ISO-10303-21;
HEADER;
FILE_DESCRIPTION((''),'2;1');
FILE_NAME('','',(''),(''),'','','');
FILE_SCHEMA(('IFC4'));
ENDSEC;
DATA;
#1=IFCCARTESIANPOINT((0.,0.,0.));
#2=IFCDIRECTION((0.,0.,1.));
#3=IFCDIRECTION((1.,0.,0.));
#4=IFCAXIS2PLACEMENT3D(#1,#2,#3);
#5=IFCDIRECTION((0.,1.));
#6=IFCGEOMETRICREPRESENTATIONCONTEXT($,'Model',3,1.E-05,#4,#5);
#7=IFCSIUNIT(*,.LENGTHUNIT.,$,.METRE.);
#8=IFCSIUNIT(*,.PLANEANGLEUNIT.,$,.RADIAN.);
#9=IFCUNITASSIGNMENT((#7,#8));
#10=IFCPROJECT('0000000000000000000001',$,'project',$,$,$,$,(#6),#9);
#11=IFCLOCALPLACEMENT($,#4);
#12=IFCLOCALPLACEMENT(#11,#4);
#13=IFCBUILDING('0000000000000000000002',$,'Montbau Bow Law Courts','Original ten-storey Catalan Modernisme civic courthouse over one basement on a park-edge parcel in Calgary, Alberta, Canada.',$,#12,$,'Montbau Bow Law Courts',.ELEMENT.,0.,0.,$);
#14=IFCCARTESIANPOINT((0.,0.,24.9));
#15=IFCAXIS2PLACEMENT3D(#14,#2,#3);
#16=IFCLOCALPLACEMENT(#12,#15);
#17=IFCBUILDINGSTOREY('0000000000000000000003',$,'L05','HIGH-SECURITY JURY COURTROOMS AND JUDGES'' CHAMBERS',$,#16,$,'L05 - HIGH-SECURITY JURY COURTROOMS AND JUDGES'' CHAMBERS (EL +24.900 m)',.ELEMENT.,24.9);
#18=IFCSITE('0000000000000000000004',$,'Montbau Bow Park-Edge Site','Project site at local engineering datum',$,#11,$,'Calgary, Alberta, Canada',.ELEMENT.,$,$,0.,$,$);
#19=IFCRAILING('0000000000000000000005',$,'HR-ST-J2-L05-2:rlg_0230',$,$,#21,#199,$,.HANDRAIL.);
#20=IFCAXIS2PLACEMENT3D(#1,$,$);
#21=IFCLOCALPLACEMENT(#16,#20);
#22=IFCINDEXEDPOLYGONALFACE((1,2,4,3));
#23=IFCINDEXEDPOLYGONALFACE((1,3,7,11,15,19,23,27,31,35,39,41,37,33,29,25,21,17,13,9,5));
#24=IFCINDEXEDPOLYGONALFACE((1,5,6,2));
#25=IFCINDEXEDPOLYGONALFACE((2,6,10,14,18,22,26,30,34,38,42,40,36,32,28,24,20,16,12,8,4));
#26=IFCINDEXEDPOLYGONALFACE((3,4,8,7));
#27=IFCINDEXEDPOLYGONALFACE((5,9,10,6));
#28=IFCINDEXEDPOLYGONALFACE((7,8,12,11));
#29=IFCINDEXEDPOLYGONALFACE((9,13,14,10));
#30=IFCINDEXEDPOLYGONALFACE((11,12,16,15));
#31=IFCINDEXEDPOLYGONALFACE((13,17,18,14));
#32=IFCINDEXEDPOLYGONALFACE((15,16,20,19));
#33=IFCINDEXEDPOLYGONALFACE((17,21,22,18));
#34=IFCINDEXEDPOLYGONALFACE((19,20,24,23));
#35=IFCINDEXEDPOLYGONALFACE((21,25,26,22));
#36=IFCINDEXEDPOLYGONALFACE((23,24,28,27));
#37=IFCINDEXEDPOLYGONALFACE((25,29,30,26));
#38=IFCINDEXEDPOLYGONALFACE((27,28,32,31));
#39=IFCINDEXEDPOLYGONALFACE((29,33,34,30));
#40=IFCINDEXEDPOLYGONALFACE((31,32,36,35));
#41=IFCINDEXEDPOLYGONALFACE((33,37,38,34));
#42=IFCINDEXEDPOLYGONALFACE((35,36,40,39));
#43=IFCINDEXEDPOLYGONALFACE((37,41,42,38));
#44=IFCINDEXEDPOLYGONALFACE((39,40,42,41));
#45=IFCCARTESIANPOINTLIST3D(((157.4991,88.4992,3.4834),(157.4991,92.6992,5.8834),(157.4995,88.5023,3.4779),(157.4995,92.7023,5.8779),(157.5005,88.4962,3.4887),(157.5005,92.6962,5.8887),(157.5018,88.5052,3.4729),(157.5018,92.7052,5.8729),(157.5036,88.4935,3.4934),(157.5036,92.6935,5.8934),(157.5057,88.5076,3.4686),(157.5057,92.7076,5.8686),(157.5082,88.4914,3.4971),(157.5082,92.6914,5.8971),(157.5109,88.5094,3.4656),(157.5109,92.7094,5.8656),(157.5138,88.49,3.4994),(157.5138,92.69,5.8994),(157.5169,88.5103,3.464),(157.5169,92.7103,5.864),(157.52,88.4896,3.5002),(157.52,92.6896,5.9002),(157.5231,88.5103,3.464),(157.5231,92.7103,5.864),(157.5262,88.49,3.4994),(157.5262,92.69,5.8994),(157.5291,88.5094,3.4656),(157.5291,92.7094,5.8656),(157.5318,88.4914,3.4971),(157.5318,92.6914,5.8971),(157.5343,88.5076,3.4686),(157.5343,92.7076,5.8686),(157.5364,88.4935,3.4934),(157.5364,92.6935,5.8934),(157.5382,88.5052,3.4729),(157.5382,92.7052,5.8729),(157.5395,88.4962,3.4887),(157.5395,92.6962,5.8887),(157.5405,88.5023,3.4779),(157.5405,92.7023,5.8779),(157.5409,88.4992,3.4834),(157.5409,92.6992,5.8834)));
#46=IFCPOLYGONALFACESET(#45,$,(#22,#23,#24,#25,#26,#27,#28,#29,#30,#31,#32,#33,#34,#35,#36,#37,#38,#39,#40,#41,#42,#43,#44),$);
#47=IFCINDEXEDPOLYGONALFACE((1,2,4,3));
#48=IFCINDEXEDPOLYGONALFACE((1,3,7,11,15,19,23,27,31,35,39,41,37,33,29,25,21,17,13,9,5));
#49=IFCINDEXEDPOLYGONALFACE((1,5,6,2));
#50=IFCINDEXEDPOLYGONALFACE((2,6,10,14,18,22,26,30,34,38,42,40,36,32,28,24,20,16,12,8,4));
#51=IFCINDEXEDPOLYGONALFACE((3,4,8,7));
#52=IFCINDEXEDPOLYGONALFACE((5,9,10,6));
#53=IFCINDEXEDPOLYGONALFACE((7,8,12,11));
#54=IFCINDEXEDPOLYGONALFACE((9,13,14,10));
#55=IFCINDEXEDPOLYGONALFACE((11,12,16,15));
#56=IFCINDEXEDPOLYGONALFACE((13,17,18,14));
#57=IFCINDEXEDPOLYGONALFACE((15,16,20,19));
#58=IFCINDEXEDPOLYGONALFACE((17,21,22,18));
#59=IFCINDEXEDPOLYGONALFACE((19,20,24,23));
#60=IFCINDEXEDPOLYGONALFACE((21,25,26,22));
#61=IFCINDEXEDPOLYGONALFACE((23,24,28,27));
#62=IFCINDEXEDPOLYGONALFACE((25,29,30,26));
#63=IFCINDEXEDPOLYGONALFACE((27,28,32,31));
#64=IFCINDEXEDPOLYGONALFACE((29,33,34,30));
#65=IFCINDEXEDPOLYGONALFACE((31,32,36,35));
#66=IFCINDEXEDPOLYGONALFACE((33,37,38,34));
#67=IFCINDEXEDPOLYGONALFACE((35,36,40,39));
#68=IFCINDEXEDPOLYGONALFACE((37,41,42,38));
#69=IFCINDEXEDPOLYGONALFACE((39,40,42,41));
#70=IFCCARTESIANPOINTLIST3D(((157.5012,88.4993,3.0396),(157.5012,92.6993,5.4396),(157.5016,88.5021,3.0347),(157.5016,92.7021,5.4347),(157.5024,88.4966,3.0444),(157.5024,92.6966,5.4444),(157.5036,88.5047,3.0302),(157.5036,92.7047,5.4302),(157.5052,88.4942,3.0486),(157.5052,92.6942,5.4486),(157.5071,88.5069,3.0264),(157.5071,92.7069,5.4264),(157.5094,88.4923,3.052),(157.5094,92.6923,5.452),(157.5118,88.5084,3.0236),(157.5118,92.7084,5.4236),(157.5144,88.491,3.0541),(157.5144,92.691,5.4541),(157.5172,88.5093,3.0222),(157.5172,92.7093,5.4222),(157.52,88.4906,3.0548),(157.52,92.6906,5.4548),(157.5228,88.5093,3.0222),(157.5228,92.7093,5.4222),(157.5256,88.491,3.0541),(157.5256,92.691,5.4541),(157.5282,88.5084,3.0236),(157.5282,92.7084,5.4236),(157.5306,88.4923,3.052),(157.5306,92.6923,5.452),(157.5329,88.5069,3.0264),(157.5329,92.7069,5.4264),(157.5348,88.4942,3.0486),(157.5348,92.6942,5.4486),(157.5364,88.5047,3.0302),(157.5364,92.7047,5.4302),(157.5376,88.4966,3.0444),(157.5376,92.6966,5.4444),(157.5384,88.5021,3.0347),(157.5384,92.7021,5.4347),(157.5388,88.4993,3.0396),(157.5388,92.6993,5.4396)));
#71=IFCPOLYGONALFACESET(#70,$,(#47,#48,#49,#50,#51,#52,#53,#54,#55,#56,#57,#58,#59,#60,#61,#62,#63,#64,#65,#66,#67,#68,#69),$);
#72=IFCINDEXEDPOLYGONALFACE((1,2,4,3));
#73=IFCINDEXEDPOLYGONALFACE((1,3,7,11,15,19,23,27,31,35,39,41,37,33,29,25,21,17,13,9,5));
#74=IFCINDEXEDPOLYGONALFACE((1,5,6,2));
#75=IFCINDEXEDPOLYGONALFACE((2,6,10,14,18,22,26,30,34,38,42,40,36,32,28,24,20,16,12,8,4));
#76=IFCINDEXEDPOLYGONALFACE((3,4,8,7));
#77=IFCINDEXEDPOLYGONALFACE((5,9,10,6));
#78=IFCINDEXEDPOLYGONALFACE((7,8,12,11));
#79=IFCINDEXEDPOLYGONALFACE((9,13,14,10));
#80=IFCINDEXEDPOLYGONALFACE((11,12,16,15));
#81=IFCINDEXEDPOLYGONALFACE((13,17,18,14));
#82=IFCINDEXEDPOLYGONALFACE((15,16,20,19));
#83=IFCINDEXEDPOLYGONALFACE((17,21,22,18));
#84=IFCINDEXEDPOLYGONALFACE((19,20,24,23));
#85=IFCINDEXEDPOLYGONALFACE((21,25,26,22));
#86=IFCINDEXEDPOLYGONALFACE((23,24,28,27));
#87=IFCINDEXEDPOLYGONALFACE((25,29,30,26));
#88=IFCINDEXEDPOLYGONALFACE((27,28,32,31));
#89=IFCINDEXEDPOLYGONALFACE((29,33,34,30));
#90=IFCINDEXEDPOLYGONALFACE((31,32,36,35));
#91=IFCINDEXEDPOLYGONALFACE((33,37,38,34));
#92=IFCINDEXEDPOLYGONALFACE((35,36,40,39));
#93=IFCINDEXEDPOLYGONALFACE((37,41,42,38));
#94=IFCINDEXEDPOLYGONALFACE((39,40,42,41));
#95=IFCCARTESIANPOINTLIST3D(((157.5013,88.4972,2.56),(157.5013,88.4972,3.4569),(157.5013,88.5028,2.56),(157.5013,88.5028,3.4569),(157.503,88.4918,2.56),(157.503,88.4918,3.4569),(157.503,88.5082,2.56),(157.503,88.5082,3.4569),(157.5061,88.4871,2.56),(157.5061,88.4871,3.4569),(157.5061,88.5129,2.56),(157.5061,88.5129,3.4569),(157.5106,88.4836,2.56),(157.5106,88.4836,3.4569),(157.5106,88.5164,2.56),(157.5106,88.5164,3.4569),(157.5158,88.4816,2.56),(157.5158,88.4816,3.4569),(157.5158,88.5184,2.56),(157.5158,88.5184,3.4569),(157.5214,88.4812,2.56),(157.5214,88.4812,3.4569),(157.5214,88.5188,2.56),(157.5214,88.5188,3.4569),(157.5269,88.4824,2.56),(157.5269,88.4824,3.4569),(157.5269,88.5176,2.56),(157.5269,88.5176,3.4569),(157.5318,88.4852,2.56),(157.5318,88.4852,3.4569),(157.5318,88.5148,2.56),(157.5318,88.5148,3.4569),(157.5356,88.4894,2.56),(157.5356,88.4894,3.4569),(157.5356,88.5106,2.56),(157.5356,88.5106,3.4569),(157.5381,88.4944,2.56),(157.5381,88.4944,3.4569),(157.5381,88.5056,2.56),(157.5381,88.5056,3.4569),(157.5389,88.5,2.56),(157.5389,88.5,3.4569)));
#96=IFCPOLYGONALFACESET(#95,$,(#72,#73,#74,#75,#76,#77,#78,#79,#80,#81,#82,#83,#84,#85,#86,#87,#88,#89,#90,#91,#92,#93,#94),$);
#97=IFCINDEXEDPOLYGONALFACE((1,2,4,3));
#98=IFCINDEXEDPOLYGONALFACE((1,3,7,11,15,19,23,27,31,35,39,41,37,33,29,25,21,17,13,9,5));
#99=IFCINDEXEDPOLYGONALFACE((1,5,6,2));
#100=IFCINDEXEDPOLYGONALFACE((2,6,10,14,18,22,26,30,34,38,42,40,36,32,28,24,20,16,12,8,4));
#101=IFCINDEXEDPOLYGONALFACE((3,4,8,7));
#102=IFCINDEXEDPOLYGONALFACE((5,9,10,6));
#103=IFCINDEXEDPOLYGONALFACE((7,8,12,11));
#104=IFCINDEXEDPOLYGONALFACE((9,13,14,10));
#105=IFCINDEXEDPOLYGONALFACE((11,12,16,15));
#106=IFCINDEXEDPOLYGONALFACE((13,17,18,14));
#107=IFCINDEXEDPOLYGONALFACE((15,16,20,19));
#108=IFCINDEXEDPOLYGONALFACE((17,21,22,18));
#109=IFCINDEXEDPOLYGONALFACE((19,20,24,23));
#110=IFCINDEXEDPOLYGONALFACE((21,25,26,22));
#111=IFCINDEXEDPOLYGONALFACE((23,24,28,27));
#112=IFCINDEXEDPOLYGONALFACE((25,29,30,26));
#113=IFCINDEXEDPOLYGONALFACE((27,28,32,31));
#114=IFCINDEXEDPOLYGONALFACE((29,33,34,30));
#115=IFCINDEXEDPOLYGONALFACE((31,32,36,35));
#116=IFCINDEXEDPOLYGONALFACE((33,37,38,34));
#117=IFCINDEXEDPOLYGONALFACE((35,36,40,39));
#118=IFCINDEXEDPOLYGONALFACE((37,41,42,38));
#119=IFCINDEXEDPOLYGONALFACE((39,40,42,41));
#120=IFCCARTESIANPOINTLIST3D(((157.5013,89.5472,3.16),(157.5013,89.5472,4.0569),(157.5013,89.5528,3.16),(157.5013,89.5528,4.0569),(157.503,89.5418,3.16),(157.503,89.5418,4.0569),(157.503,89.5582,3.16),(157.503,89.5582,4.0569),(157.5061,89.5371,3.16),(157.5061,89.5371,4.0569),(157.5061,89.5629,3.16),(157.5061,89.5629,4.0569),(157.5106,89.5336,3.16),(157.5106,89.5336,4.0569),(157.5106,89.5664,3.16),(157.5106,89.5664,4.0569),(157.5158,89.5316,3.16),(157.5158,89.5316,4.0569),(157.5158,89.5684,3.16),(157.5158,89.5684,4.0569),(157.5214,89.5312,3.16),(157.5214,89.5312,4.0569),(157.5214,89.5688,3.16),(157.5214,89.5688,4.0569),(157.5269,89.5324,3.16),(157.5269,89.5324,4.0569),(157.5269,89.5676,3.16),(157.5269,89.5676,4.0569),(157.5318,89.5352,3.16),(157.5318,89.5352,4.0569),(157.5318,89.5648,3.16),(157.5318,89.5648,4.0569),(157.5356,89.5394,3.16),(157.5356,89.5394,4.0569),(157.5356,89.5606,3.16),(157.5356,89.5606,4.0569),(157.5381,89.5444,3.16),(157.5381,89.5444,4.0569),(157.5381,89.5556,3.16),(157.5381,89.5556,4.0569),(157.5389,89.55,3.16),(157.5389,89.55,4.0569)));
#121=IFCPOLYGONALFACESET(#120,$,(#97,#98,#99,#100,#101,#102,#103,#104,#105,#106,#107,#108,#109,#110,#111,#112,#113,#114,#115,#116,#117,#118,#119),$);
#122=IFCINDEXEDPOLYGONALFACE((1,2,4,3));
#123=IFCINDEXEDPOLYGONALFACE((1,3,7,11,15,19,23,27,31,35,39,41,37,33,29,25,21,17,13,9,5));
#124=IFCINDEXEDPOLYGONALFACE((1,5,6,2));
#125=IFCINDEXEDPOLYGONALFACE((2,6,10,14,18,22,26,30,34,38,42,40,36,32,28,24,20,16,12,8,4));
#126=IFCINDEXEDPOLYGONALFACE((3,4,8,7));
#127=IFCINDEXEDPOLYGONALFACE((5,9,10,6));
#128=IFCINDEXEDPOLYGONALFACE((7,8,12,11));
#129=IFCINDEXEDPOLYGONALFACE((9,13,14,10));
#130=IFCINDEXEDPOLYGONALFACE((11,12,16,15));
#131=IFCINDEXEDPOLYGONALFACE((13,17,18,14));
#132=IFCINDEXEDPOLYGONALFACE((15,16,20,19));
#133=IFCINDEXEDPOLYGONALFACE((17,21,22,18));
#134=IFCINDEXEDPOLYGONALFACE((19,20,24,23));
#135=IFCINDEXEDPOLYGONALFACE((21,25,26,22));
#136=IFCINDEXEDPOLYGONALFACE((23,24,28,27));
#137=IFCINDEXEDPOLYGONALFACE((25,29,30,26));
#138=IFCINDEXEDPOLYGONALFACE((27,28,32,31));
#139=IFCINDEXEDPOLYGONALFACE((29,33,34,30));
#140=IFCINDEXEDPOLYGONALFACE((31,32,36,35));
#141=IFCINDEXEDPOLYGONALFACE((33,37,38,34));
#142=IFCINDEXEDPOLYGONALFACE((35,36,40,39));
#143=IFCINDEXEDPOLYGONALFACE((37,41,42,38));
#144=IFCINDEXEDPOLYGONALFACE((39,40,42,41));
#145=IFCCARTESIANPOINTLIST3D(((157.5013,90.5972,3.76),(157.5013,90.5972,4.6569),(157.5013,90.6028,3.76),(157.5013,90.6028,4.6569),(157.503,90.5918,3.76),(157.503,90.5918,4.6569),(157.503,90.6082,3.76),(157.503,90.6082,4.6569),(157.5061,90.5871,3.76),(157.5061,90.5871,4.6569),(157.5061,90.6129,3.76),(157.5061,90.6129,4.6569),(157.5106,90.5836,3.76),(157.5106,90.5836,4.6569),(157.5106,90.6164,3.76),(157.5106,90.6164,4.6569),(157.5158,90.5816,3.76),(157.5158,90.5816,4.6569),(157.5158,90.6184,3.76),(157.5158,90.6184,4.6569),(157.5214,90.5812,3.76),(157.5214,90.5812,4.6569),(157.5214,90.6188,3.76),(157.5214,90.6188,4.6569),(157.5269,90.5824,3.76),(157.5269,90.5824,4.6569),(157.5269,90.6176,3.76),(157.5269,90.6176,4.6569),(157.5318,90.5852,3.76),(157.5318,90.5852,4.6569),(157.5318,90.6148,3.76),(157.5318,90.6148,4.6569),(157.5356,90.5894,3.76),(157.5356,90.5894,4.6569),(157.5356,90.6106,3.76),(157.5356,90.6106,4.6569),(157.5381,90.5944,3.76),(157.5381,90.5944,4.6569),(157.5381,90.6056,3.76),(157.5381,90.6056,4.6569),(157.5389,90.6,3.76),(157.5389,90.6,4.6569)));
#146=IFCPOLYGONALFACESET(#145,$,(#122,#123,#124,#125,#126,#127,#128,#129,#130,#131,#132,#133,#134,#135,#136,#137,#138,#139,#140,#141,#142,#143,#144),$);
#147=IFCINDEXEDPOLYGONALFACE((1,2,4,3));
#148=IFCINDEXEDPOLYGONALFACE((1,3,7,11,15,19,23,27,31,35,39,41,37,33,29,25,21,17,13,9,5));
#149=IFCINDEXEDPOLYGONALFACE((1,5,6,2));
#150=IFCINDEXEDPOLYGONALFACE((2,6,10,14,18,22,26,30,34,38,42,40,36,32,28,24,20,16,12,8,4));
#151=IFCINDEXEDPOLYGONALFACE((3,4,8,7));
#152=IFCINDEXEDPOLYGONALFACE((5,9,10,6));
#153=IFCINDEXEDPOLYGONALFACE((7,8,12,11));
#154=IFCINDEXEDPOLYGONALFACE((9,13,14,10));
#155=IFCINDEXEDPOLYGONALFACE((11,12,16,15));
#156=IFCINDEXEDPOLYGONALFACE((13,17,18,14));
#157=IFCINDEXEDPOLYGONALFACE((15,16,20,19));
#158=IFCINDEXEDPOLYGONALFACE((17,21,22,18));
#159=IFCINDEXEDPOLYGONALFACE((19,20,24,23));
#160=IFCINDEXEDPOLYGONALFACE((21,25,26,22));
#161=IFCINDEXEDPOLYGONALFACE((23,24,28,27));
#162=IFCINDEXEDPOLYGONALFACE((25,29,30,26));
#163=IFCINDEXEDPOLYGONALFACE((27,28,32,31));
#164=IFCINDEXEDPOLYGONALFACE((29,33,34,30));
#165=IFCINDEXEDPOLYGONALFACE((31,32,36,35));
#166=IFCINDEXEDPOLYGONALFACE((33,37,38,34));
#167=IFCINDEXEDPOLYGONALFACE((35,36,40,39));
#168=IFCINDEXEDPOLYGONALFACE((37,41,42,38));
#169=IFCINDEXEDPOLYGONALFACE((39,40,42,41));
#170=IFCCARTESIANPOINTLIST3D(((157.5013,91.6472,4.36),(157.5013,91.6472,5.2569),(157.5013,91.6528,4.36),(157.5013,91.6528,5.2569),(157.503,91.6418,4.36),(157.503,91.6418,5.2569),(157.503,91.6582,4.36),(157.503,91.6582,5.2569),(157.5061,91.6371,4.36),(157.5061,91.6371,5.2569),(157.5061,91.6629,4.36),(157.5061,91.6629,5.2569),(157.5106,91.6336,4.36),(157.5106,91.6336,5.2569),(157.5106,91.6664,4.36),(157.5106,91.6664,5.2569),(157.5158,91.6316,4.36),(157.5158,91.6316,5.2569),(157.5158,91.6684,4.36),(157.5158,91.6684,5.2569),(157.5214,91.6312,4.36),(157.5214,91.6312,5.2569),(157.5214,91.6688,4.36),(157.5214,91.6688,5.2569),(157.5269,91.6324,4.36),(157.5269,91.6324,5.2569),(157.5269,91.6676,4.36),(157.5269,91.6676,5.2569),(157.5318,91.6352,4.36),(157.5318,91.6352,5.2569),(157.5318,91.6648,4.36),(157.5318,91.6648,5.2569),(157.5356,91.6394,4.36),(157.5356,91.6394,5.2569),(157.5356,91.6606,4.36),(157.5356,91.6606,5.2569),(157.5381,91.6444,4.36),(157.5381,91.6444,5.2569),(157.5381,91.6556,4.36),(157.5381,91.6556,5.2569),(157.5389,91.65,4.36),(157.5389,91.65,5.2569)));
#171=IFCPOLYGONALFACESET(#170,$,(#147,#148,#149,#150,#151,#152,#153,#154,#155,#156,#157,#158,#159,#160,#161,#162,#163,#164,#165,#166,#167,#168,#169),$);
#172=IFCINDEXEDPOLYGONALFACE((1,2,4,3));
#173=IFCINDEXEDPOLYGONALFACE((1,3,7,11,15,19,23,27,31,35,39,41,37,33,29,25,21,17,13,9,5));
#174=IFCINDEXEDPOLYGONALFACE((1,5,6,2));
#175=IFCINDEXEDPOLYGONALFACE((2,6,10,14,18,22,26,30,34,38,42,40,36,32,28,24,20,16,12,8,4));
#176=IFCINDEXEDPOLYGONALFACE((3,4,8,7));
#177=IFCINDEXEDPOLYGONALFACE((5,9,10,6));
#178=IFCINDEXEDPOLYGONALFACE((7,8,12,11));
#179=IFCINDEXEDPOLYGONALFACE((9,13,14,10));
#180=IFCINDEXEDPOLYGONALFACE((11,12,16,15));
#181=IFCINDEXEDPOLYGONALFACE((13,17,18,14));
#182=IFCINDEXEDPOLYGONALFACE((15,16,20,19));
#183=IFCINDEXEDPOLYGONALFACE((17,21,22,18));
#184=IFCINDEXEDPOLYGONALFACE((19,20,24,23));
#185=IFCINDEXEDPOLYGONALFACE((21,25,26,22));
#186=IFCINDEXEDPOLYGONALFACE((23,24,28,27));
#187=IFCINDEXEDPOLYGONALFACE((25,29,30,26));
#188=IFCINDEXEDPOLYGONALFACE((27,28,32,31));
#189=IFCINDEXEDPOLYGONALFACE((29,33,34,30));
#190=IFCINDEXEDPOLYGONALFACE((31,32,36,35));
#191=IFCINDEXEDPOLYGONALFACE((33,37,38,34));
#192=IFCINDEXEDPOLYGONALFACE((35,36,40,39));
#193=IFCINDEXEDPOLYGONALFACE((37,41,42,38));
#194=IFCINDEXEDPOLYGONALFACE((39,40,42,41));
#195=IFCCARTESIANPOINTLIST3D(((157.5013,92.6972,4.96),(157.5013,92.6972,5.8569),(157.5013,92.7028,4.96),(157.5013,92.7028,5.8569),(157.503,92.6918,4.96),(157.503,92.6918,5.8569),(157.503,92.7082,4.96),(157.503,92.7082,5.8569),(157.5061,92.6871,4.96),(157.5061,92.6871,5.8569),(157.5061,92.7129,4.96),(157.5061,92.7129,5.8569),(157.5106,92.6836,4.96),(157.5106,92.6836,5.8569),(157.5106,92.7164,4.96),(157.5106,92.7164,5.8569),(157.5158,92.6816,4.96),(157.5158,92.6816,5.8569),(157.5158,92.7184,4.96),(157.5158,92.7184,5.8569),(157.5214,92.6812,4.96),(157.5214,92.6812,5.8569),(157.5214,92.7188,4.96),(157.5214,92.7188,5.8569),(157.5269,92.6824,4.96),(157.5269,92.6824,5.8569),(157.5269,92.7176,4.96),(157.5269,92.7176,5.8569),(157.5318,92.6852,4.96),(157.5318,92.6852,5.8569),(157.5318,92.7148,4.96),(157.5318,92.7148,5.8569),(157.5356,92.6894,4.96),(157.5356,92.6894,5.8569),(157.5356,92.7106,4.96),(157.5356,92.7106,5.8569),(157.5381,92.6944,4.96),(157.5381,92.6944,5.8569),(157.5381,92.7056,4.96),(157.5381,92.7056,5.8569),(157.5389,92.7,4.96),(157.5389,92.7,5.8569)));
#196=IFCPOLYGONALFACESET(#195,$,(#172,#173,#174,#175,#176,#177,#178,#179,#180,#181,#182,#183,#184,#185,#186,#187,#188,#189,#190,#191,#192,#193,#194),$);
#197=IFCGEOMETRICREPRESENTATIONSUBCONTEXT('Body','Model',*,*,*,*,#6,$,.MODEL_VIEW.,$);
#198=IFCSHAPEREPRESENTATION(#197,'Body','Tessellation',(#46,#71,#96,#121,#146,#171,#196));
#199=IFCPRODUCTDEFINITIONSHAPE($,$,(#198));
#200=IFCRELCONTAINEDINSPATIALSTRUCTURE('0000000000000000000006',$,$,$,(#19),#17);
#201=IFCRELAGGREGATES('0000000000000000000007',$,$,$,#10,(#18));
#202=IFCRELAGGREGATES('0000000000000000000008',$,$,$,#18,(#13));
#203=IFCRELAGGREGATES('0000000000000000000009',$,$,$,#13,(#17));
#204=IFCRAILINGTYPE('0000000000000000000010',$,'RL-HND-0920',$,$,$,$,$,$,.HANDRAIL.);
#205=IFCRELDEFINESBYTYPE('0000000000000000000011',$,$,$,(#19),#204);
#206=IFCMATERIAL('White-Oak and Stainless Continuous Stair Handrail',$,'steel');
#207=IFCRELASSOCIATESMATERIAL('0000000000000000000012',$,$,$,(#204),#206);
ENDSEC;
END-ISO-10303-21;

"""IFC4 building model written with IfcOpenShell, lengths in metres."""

from ifc_helpers import new_model, si_unit, direction, frame, origin_with_axes, origin_2d_with_axis, place, context, subcontext, project, spatial, circle, extrude, material, type_object, element, save


model = new_model("IFC4")

# Units and contexts
model_context = context("Model", 3, precision=1e-05, world=origin_with_axes(), true_north=direction((0.0, 1.0)))
body_context = subcontext(model_context, "Body", "Model", "MODEL_VIEW")
ifc_project = project(units=[si_unit("LENGTHUNIT", "METRE"), si_unit("PLANEANGLEUNIT", "RADIAN")], contexts=[model_context])

# Site, building, storey
site_placement = place(None, origin_with_axes())
site = spatial("IfcSite", under=ifc_project, at=site_placement, Name="Montbau Bow Park-Edge Site", Description="Project site at local engineering datum", LongName="Calgary, Alberta, Canada", CompositionType="ELEMENT", RefElevation=0.0)
building_placement = place(site_placement, origin_with_axes())
building = spatial("IfcBuilding", under=site, at=building_placement, Name="Montbau Bow Law Courts", Description="Original ten-storey Catalan Modernisme civic courthouse over one basement on a park-edge parcel in Calgary, Alberta, Canada.", LongName="Montbau Bow Law Courts", CompositionType="ELEMENT", ElevationOfRefHeight=0.0, ElevationOfTerrain=0.0)
storey_placement = place(building_placement, frame((0.0, 0.0, 24.9), z_axis=(0.0, 0.0, 1.0), x_axis=(1.0, 0.0, 0.0)))
storey = spatial("IfcBuildingStorey", under=building, at=storey_placement, Name="L05", Description="HIGH-SECURITY JURY COURTROOMS AND JUDGES' CHAMBERS", LongName="L05 - HIGH-SECURITY JURY COURTROOMS AND JUDGES' CHAMBERS (EL +24.900 m)", CompositionType="ELEMENT", Elevation=24.9)

# Railing
ifc_material_1 = material(Name="White-Oak and Stainless Continuous Stair Handrail", Category="steel")
railing_type_1 = type_object("IfcRailingType", Name="RL-HND-0920", PredefinedType="HANDRAIL", material=ifc_material_1)
railing_1_placement = place(None, origin_with_axes())
element("IfcRailing", 1, at=railing_1_placement, inside=storey, type_object=railing_type_1, Name="HR-ST-J2-L05-2:rlg_0230", PredefinedType="HANDRAIL", context=body_context, shape_type="SweptSolid", body=[
    extrude(circle(Radius=0.021, at=origin_2d_with_axis()), frame((157.52, 88.5, 28.382), z_axis=(0.0, 0.868243, 0.496139), x_axis=(0.0, -0.496139, 0.868243)), (0.0, 0.0, 1.0), 4.8374),
    extrude(circle(Radius=0.0189, at=origin_2d_with_axis()), frame((157.52, 88.5, 27.9384), z_axis=(0.0, 0.868243, 0.496139), x_axis=(0.0, -0.496139, 0.868243)), (0.0, 0.0, 1.0), 4.8374),
    extrude(circle(Radius=0.0189, at=origin_2d_with_axis()), frame((157.52, 88.5, 27.46), z_axis=(0.0, 0.0, 1.0), x_axis=(1.0, 0.0, 0.0)), (0.0, 0.0, 1.0), 0.8969),
    extrude(circle(Radius=0.0189, at=origin_2d_with_axis()), frame((157.52, 89.55, 28.06), z_axis=(0.0, 0.0, 1.0), x_axis=(1.0, 0.0, 0.0)), (0.0, 0.0, 1.0), 0.8969),
    extrude(circle(Radius=0.0189, at=origin_2d_with_axis()), frame((157.52, 90.6, 28.66), z_axis=(0.0, 0.0, 1.0), x_axis=(1.0, 0.0, 0.0)), (0.0, 0.0, 1.0), 0.8969),
    extrude(circle(Radius=0.0189, at=origin_2d_with_axis()), frame((157.52, 91.65, 29.26), z_axis=(0.0, 0.0, 1.0), x_axis=(1.0, 0.0, 0.0)), (0.0, 0.0, 1.0), 0.8969),
    extrude(circle(Radius=0.0189, at=origin_2d_with_axis()), frame((157.52, 92.7, 29.86), z_axis=(0.0, 0.0, 1.0), x_axis=(1.0, 0.0, 0.0)), (0.0, 0.0, 1.0), 0.8969),
])

save(model, "model.ifc")
